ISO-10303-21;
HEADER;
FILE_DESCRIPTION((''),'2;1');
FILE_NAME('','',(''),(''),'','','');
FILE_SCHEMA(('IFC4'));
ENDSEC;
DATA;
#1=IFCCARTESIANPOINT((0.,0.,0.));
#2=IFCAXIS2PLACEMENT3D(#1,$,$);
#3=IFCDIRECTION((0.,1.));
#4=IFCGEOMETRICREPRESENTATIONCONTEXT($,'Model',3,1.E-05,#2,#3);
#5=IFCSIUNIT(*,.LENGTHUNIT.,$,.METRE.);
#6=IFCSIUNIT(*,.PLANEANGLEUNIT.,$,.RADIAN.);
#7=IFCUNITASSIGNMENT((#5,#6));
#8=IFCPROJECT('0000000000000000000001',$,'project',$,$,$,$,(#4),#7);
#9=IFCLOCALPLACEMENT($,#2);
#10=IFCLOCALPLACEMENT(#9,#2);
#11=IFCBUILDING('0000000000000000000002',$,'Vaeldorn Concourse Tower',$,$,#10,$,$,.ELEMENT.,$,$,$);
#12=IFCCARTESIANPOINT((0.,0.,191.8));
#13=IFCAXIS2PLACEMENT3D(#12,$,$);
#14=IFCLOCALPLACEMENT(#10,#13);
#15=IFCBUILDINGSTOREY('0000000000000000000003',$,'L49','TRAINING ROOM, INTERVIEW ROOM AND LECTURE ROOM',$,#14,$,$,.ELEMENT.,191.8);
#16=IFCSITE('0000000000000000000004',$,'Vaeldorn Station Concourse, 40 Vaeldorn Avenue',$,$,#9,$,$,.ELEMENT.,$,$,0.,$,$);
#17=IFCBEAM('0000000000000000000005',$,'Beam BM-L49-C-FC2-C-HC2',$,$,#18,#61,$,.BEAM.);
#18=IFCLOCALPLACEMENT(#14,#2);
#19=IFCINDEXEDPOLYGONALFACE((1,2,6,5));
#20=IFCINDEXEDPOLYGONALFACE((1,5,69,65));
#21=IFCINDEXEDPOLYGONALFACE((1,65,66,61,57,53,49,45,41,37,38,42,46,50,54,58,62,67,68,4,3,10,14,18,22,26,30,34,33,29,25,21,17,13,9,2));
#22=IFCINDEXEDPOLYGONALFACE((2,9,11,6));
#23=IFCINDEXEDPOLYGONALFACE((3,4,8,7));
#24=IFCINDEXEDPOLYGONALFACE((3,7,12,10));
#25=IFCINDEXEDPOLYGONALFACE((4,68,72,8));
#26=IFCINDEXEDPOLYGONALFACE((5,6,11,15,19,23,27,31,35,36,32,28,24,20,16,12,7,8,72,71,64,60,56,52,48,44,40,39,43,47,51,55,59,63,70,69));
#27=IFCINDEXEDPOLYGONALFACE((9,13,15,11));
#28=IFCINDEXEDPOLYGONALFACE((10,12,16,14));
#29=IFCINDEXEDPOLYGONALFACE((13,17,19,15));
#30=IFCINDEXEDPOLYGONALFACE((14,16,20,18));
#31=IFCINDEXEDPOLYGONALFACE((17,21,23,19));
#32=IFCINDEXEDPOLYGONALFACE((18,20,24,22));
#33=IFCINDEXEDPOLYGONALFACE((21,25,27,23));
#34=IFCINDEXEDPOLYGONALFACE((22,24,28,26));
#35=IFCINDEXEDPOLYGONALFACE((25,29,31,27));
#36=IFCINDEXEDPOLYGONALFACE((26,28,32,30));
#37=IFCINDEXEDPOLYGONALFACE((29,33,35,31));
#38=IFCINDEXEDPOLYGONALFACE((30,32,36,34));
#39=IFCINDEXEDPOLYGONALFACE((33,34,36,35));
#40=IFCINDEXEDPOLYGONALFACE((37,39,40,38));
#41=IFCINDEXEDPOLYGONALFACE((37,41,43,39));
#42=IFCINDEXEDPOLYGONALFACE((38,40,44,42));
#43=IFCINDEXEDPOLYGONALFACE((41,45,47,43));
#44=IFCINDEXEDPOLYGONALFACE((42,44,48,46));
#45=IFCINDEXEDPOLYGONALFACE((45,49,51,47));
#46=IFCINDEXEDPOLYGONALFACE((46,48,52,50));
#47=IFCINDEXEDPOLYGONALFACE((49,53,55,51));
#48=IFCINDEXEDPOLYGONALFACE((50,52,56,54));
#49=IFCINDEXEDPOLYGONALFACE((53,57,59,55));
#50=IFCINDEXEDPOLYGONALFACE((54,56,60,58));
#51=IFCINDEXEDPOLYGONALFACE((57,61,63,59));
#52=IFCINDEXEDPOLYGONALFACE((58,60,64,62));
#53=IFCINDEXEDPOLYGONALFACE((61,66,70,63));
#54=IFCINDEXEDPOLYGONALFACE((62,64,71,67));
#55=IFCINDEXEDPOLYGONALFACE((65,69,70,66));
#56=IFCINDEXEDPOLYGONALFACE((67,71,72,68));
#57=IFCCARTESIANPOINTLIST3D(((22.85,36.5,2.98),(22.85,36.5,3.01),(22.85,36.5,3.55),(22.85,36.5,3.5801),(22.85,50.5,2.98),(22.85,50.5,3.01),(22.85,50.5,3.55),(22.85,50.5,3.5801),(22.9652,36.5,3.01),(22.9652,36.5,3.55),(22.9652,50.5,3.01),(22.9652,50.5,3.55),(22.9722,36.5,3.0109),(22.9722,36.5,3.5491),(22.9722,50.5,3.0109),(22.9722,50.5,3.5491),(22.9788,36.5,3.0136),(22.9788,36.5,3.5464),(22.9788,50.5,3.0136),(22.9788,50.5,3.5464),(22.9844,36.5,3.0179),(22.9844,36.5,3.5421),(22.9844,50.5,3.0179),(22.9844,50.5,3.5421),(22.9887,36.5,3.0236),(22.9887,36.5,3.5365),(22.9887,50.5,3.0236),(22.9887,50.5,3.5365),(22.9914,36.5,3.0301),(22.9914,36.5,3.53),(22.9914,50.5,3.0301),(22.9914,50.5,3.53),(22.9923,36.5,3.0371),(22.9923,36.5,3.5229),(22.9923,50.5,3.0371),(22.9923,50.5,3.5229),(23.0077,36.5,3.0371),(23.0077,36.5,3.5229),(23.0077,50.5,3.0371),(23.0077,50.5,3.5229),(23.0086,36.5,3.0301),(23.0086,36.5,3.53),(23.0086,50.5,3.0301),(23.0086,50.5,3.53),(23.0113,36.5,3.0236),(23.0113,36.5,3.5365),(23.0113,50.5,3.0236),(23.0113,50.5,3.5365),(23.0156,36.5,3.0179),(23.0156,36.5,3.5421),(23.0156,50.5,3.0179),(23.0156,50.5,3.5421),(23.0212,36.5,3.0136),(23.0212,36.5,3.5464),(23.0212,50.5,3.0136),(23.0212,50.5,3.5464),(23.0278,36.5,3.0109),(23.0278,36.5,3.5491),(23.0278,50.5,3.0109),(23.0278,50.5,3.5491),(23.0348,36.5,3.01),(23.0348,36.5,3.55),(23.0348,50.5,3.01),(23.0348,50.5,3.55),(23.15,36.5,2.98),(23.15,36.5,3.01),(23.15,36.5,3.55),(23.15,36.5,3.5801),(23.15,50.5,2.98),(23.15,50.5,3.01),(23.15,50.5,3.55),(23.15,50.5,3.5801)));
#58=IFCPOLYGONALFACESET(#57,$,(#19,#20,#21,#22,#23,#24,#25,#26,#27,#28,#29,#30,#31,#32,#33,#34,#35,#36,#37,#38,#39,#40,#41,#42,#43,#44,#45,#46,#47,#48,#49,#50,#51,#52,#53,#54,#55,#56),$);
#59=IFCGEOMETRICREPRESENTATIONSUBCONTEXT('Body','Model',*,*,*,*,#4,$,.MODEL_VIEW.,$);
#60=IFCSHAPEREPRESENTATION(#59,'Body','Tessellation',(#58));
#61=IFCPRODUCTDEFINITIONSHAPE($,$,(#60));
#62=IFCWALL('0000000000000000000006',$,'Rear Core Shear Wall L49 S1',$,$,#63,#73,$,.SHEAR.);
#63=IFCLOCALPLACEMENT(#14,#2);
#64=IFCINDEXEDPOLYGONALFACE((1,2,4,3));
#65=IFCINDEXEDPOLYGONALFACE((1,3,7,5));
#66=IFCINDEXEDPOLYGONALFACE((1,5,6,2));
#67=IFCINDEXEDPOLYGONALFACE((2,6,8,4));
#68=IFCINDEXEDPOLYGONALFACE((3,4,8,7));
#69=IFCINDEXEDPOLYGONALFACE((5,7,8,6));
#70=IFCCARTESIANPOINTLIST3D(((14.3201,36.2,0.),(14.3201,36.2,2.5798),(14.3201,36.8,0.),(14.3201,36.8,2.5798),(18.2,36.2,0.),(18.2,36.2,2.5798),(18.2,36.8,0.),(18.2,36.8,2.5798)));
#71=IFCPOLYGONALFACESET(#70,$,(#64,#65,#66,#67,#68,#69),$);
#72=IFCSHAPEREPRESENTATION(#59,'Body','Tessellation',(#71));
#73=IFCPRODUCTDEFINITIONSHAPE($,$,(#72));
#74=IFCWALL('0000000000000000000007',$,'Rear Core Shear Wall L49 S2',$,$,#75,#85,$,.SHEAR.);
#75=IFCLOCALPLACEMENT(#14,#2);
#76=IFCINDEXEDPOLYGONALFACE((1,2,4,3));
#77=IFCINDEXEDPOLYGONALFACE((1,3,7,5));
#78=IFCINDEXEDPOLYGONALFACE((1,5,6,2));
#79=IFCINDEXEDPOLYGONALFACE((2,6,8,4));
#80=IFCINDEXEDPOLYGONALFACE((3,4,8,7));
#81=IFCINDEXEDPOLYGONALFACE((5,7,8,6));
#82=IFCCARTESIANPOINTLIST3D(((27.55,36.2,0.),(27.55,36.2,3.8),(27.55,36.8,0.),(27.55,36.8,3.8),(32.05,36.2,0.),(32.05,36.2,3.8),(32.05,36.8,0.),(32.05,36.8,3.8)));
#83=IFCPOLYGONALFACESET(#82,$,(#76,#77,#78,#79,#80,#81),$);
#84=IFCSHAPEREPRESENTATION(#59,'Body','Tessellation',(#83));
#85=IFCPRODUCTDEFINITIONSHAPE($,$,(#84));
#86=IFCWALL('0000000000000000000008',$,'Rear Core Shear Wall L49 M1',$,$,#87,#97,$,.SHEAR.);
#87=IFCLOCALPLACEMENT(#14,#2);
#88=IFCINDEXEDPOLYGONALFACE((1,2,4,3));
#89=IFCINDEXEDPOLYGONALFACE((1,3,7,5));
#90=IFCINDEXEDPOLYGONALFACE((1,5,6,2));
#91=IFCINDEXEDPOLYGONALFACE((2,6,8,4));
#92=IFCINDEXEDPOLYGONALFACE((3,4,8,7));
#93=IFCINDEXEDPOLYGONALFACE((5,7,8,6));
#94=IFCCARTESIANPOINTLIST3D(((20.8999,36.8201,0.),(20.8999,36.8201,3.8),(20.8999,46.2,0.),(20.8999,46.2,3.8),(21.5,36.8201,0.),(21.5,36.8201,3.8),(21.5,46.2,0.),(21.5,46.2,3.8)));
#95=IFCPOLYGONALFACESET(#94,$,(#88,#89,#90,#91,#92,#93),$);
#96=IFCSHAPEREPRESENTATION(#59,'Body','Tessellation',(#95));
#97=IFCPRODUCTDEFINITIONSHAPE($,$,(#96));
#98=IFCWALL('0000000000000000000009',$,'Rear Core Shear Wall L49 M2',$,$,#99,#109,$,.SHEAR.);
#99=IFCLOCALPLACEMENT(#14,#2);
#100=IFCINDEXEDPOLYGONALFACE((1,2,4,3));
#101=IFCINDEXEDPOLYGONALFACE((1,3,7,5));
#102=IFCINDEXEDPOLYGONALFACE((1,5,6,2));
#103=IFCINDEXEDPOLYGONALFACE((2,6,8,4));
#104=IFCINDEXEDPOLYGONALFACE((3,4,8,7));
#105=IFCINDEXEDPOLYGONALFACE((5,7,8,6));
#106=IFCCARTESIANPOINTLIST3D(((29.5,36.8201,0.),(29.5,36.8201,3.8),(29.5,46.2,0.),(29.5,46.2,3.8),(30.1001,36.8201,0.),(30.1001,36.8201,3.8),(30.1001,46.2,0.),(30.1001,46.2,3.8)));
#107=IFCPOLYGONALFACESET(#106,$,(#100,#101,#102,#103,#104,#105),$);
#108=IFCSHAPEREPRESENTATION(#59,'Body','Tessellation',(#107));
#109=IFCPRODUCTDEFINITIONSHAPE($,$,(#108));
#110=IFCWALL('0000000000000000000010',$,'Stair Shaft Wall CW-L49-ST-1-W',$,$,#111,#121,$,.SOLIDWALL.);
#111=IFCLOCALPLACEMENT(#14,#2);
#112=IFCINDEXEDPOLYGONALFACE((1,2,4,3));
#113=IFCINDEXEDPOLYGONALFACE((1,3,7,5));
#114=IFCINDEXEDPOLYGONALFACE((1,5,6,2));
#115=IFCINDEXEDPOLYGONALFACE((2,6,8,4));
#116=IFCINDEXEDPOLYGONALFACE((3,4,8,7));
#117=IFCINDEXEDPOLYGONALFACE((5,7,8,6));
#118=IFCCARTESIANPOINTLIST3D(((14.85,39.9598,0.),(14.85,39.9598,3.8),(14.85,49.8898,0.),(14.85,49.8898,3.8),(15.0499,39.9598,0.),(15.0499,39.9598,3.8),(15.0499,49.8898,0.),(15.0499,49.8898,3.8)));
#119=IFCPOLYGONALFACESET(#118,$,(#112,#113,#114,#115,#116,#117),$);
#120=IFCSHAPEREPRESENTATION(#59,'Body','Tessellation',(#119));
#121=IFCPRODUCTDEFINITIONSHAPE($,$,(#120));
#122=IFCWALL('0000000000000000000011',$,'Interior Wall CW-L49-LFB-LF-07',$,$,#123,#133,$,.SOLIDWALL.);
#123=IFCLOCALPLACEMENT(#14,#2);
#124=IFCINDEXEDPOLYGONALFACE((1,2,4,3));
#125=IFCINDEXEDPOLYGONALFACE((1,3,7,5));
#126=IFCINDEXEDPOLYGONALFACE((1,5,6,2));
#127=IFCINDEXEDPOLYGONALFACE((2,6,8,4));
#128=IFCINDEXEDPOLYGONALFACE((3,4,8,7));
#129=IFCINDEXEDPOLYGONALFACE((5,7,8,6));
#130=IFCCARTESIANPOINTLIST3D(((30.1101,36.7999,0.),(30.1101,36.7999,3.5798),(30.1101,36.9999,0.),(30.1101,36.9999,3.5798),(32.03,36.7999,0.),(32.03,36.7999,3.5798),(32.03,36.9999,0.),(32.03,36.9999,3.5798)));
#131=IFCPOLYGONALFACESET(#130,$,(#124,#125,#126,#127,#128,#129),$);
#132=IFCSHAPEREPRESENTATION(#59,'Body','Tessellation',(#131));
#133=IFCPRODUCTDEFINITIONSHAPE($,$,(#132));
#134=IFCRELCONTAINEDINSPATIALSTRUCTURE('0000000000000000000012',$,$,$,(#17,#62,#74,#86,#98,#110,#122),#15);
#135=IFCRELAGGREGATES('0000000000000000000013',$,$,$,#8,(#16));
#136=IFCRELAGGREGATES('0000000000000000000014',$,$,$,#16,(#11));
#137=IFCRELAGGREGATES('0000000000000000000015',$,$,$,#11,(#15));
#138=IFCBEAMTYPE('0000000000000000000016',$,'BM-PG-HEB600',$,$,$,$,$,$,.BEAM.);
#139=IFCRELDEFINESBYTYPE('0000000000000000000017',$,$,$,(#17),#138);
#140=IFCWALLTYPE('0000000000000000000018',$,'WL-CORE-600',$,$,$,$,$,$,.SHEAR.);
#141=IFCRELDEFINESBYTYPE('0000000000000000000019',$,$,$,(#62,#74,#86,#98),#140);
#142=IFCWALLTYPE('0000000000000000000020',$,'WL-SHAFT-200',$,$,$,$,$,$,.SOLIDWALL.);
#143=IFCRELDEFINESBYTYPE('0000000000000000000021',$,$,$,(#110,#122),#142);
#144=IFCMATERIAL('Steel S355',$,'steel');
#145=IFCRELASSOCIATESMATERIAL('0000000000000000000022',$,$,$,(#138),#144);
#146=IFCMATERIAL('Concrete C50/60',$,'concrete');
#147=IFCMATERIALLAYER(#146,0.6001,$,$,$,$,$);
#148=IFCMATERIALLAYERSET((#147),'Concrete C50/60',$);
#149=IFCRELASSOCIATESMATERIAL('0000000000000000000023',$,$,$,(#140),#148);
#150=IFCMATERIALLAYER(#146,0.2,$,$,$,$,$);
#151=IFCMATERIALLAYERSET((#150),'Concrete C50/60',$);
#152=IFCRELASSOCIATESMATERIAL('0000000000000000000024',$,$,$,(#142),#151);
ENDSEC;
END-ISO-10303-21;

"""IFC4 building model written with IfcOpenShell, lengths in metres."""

from ifc_helpers import new_model, si_unit, direction, frame, frame_2d, origin, origin_2d, place, context, subcontext, project, spatial, rectangle, i_section, extrude, source, transform, mapped, material, layer, layer_set, material_profile, profile_set, type_object, element, save


model = new_model("IFC4")

# Units and contexts
model_context = context("Model", 3, precision=1e-05, world=origin(), true_north=direction((0.0, 1.0)))
body_context = subcontext(model_context, "Body", "Model", "MODEL_VIEW")
ifc_project = project(units=[si_unit("LENGTHUNIT", "METRE"), si_unit("PLANEANGLEUNIT", "RADIAN")], contexts=[model_context])

# Site, building, storey
site_placement = place(None, origin())
site = spatial("IfcSite", under=ifc_project, at=site_placement, Name="Vaeldorn Station Concourse, 40 Vaeldorn Avenue", CompositionType="ELEMENT", RefElevation=0.0)
building_placement = place(site_placement, origin())
building = spatial("IfcBuilding", under=site, at=building_placement, Name="Vaeldorn Concourse Tower", CompositionType="ELEMENT")
storey_placement = place(building_placement, frame((0.0, 0.0, 191.8)))
storey = spatial("IfcBuildingStorey", under=building, at=storey_placement, Name="L49", Description="TRAINING ROOM, INTERVIEW ROOM AND LECTURE ROOM", CompositionType="ELEMENT", Elevation=191.8)

# Shared definitions
ifc_material_1 = material(Name="Steel S355", Category="steel")

# Beam
ifc_material_profile_1 = material_profile(ifc_material_1, i_section(OverallWidth=0.3, OverallDepth=0.6001, WebThickness=0.0154, FlangeThickness=0.03, FilletRadius=0.0271, at=origin_2d()), Name="HEB 600")
ifc_profile_set_1 = profile_set([ifc_material_profile_1], Name="Steel S355")
beam_type_1 = type_object("IfcBeamType", Name="BM-PG-HEB600", PredefinedType="BEAM", material=ifc_profile_set_1)
shared_shape_1 = source(origin(), body_context, "Body", "SweptSolid", [
    extrude(i_section(OverallWidth=0.3, OverallDepth=0.6001, WebThickness=0.0154, FlangeThickness=0.03, FilletRadius=0.0271, at=origin_2d()), origin(), (0.0, 0.0, 1.0), 14.0),
])
beam_1_placement = place(storey_placement, frame((23.0, 36.5, 3.28), z_axis=(0.0, 1.0, 0.0), x_axis=(-1.0, 0.0, 0.0)))
element("IfcBeam", 1, at=beam_1_placement, inside=storey, type_object=beam_type_1, Name="Beam BM-L49-C-FC2-C-HC2", PredefinedType="BEAM", context=body_context, shape_type="MappedRepresentation", body=[
    mapped(shared_shape_1, transform((0.0, 0.0, 0.0), scale=1.0)),
])

# Walls
ifc_material_2 = material(Name="Concrete C50/60", Category="concrete")
ifc_layer_1 = layer(ifc_material_2, 0.6001)
ifc_layer_set_1 = layer_set([ifc_layer_1], Name="Concrete C50/60")
wall_type_1 = type_object("IfcWallType", Name="WL-CORE-600", PredefinedType="SHEAR", material=ifc_layer_set_1)
wall_1_placement = place(storey_placement, frame((14.3201, 36.5, 0.0), z_axis=(0.0, 0.0, 1.0), x_axis=(1.0, 0.0, 0.0)))
element("IfcWall", 2, at=wall_1_placement, inside=storey, type_object=wall_type_1, Name="Rear Core Shear Wall L49 S1", PredefinedType="SHEAR", context=body_context, shape_type="SweptSolid", body=[
    extrude(rectangle(XDim=3.8799, YDim=0.6001, at=frame_2d((1.9399, 0.0))), origin(), (0.0, 0.0, 1.0), 2.5798),
])
wall_2_placement = place(storey_placement, frame((27.55, 36.5, 0.0), z_axis=(0.0, 0.0, 1.0), x_axis=(1.0, 0.0, 0.0)))
element("IfcWall", 3, at=wall_2_placement, inside=storey, type_object=wall_type_1, Name="Rear Core Shear Wall L49 S2", PredefinedType="SHEAR", context=body_context, shape_type="SweptSolid", body=[
    extrude(rectangle(XDim=4.5, YDim=0.6001, at=frame_2d((2.25, 0.0))), origin(), (0.0, 0.0, 1.0), 3.8),
])
for number, where, z_axis, x_axis, name in (
    (4, (21.2, 36.8201, 0.0), (0.0, 0.0, 1.0), (0.0, 1.0, 0.0), "Rear Core Shear Wall L49 M1"),
    (5, (29.8, 36.8201, 0.0), (0.0, 0.0, 1.0), (0.0, 1.0, 0.0), "Rear Core Shear Wall L49 M2"),
):
    element("IfcWall", number, at=place(storey_placement, frame(where, z_axis=z_axis, x_axis=x_axis)), inside=storey, type_object=wall_type_1, Name=name, PredefinedType="SHEAR", context=body_context, shape_type="SweptSolid", body=[
        extrude(rectangle(XDim=9.3799, YDim=0.6001, at=frame_2d((4.6899, 0.0))), origin(), (0.0, 0.0, 1.0), 3.8),
    ])

# Shared definitions
ifc_layer_2 = layer(ifc_material_2, 0.2)
ifc_layer_set_2 = layer_set([ifc_layer_2], Name="Concrete C50/60")
wall_type_2 = type_object("IfcWallType", Name="WL-SHAFT-200", PredefinedType="SOLIDWALL", material=ifc_layer_set_2)

# Wall
wall_3_placement = place(storey_placement, frame((14.95, 39.96, 0.0), z_axis=(0.0, 0.0, 1.0), x_axis=(0.0, 1.0, 0.0)))
element("IfcWall", 6, at=wall_3_placement, inside=storey, type_object=wall_type_2, Name="Stair Shaft Wall CW-L49-ST-1-W", PredefinedType="SOLIDWALL", context=body_context, shape_type="SweptSolid", body=[
    extrude(rectangle(XDim=9.9299, YDim=0.2, at=frame_2d((4.9648, 0.0))), origin(), (0.0, 0.0, 1.0), 3.8),
])

# Wall
wall_4_placement = place(storey_placement, frame((30.1101, 36.8999, 0.0), z_axis=(0.0, 0.0, 1.0), x_axis=(1.0, 0.0, 0.0)))
element("IfcWall", 7, at=wall_4_placement, inside=storey, type_object=wall_type_2, Name="Interior Wall CW-L49-LFB-LF-07", PredefinedType="SOLIDWALL", context=body_context, shape_type="SweptSolid", body=[
    extrude(rectangle(XDim=1.9199, YDim=0.2, at=frame_2d((0.96, 0.0))), origin(), (0.0, 0.0, 1.0), 3.5798),
])

save(model, "model.ifc")
